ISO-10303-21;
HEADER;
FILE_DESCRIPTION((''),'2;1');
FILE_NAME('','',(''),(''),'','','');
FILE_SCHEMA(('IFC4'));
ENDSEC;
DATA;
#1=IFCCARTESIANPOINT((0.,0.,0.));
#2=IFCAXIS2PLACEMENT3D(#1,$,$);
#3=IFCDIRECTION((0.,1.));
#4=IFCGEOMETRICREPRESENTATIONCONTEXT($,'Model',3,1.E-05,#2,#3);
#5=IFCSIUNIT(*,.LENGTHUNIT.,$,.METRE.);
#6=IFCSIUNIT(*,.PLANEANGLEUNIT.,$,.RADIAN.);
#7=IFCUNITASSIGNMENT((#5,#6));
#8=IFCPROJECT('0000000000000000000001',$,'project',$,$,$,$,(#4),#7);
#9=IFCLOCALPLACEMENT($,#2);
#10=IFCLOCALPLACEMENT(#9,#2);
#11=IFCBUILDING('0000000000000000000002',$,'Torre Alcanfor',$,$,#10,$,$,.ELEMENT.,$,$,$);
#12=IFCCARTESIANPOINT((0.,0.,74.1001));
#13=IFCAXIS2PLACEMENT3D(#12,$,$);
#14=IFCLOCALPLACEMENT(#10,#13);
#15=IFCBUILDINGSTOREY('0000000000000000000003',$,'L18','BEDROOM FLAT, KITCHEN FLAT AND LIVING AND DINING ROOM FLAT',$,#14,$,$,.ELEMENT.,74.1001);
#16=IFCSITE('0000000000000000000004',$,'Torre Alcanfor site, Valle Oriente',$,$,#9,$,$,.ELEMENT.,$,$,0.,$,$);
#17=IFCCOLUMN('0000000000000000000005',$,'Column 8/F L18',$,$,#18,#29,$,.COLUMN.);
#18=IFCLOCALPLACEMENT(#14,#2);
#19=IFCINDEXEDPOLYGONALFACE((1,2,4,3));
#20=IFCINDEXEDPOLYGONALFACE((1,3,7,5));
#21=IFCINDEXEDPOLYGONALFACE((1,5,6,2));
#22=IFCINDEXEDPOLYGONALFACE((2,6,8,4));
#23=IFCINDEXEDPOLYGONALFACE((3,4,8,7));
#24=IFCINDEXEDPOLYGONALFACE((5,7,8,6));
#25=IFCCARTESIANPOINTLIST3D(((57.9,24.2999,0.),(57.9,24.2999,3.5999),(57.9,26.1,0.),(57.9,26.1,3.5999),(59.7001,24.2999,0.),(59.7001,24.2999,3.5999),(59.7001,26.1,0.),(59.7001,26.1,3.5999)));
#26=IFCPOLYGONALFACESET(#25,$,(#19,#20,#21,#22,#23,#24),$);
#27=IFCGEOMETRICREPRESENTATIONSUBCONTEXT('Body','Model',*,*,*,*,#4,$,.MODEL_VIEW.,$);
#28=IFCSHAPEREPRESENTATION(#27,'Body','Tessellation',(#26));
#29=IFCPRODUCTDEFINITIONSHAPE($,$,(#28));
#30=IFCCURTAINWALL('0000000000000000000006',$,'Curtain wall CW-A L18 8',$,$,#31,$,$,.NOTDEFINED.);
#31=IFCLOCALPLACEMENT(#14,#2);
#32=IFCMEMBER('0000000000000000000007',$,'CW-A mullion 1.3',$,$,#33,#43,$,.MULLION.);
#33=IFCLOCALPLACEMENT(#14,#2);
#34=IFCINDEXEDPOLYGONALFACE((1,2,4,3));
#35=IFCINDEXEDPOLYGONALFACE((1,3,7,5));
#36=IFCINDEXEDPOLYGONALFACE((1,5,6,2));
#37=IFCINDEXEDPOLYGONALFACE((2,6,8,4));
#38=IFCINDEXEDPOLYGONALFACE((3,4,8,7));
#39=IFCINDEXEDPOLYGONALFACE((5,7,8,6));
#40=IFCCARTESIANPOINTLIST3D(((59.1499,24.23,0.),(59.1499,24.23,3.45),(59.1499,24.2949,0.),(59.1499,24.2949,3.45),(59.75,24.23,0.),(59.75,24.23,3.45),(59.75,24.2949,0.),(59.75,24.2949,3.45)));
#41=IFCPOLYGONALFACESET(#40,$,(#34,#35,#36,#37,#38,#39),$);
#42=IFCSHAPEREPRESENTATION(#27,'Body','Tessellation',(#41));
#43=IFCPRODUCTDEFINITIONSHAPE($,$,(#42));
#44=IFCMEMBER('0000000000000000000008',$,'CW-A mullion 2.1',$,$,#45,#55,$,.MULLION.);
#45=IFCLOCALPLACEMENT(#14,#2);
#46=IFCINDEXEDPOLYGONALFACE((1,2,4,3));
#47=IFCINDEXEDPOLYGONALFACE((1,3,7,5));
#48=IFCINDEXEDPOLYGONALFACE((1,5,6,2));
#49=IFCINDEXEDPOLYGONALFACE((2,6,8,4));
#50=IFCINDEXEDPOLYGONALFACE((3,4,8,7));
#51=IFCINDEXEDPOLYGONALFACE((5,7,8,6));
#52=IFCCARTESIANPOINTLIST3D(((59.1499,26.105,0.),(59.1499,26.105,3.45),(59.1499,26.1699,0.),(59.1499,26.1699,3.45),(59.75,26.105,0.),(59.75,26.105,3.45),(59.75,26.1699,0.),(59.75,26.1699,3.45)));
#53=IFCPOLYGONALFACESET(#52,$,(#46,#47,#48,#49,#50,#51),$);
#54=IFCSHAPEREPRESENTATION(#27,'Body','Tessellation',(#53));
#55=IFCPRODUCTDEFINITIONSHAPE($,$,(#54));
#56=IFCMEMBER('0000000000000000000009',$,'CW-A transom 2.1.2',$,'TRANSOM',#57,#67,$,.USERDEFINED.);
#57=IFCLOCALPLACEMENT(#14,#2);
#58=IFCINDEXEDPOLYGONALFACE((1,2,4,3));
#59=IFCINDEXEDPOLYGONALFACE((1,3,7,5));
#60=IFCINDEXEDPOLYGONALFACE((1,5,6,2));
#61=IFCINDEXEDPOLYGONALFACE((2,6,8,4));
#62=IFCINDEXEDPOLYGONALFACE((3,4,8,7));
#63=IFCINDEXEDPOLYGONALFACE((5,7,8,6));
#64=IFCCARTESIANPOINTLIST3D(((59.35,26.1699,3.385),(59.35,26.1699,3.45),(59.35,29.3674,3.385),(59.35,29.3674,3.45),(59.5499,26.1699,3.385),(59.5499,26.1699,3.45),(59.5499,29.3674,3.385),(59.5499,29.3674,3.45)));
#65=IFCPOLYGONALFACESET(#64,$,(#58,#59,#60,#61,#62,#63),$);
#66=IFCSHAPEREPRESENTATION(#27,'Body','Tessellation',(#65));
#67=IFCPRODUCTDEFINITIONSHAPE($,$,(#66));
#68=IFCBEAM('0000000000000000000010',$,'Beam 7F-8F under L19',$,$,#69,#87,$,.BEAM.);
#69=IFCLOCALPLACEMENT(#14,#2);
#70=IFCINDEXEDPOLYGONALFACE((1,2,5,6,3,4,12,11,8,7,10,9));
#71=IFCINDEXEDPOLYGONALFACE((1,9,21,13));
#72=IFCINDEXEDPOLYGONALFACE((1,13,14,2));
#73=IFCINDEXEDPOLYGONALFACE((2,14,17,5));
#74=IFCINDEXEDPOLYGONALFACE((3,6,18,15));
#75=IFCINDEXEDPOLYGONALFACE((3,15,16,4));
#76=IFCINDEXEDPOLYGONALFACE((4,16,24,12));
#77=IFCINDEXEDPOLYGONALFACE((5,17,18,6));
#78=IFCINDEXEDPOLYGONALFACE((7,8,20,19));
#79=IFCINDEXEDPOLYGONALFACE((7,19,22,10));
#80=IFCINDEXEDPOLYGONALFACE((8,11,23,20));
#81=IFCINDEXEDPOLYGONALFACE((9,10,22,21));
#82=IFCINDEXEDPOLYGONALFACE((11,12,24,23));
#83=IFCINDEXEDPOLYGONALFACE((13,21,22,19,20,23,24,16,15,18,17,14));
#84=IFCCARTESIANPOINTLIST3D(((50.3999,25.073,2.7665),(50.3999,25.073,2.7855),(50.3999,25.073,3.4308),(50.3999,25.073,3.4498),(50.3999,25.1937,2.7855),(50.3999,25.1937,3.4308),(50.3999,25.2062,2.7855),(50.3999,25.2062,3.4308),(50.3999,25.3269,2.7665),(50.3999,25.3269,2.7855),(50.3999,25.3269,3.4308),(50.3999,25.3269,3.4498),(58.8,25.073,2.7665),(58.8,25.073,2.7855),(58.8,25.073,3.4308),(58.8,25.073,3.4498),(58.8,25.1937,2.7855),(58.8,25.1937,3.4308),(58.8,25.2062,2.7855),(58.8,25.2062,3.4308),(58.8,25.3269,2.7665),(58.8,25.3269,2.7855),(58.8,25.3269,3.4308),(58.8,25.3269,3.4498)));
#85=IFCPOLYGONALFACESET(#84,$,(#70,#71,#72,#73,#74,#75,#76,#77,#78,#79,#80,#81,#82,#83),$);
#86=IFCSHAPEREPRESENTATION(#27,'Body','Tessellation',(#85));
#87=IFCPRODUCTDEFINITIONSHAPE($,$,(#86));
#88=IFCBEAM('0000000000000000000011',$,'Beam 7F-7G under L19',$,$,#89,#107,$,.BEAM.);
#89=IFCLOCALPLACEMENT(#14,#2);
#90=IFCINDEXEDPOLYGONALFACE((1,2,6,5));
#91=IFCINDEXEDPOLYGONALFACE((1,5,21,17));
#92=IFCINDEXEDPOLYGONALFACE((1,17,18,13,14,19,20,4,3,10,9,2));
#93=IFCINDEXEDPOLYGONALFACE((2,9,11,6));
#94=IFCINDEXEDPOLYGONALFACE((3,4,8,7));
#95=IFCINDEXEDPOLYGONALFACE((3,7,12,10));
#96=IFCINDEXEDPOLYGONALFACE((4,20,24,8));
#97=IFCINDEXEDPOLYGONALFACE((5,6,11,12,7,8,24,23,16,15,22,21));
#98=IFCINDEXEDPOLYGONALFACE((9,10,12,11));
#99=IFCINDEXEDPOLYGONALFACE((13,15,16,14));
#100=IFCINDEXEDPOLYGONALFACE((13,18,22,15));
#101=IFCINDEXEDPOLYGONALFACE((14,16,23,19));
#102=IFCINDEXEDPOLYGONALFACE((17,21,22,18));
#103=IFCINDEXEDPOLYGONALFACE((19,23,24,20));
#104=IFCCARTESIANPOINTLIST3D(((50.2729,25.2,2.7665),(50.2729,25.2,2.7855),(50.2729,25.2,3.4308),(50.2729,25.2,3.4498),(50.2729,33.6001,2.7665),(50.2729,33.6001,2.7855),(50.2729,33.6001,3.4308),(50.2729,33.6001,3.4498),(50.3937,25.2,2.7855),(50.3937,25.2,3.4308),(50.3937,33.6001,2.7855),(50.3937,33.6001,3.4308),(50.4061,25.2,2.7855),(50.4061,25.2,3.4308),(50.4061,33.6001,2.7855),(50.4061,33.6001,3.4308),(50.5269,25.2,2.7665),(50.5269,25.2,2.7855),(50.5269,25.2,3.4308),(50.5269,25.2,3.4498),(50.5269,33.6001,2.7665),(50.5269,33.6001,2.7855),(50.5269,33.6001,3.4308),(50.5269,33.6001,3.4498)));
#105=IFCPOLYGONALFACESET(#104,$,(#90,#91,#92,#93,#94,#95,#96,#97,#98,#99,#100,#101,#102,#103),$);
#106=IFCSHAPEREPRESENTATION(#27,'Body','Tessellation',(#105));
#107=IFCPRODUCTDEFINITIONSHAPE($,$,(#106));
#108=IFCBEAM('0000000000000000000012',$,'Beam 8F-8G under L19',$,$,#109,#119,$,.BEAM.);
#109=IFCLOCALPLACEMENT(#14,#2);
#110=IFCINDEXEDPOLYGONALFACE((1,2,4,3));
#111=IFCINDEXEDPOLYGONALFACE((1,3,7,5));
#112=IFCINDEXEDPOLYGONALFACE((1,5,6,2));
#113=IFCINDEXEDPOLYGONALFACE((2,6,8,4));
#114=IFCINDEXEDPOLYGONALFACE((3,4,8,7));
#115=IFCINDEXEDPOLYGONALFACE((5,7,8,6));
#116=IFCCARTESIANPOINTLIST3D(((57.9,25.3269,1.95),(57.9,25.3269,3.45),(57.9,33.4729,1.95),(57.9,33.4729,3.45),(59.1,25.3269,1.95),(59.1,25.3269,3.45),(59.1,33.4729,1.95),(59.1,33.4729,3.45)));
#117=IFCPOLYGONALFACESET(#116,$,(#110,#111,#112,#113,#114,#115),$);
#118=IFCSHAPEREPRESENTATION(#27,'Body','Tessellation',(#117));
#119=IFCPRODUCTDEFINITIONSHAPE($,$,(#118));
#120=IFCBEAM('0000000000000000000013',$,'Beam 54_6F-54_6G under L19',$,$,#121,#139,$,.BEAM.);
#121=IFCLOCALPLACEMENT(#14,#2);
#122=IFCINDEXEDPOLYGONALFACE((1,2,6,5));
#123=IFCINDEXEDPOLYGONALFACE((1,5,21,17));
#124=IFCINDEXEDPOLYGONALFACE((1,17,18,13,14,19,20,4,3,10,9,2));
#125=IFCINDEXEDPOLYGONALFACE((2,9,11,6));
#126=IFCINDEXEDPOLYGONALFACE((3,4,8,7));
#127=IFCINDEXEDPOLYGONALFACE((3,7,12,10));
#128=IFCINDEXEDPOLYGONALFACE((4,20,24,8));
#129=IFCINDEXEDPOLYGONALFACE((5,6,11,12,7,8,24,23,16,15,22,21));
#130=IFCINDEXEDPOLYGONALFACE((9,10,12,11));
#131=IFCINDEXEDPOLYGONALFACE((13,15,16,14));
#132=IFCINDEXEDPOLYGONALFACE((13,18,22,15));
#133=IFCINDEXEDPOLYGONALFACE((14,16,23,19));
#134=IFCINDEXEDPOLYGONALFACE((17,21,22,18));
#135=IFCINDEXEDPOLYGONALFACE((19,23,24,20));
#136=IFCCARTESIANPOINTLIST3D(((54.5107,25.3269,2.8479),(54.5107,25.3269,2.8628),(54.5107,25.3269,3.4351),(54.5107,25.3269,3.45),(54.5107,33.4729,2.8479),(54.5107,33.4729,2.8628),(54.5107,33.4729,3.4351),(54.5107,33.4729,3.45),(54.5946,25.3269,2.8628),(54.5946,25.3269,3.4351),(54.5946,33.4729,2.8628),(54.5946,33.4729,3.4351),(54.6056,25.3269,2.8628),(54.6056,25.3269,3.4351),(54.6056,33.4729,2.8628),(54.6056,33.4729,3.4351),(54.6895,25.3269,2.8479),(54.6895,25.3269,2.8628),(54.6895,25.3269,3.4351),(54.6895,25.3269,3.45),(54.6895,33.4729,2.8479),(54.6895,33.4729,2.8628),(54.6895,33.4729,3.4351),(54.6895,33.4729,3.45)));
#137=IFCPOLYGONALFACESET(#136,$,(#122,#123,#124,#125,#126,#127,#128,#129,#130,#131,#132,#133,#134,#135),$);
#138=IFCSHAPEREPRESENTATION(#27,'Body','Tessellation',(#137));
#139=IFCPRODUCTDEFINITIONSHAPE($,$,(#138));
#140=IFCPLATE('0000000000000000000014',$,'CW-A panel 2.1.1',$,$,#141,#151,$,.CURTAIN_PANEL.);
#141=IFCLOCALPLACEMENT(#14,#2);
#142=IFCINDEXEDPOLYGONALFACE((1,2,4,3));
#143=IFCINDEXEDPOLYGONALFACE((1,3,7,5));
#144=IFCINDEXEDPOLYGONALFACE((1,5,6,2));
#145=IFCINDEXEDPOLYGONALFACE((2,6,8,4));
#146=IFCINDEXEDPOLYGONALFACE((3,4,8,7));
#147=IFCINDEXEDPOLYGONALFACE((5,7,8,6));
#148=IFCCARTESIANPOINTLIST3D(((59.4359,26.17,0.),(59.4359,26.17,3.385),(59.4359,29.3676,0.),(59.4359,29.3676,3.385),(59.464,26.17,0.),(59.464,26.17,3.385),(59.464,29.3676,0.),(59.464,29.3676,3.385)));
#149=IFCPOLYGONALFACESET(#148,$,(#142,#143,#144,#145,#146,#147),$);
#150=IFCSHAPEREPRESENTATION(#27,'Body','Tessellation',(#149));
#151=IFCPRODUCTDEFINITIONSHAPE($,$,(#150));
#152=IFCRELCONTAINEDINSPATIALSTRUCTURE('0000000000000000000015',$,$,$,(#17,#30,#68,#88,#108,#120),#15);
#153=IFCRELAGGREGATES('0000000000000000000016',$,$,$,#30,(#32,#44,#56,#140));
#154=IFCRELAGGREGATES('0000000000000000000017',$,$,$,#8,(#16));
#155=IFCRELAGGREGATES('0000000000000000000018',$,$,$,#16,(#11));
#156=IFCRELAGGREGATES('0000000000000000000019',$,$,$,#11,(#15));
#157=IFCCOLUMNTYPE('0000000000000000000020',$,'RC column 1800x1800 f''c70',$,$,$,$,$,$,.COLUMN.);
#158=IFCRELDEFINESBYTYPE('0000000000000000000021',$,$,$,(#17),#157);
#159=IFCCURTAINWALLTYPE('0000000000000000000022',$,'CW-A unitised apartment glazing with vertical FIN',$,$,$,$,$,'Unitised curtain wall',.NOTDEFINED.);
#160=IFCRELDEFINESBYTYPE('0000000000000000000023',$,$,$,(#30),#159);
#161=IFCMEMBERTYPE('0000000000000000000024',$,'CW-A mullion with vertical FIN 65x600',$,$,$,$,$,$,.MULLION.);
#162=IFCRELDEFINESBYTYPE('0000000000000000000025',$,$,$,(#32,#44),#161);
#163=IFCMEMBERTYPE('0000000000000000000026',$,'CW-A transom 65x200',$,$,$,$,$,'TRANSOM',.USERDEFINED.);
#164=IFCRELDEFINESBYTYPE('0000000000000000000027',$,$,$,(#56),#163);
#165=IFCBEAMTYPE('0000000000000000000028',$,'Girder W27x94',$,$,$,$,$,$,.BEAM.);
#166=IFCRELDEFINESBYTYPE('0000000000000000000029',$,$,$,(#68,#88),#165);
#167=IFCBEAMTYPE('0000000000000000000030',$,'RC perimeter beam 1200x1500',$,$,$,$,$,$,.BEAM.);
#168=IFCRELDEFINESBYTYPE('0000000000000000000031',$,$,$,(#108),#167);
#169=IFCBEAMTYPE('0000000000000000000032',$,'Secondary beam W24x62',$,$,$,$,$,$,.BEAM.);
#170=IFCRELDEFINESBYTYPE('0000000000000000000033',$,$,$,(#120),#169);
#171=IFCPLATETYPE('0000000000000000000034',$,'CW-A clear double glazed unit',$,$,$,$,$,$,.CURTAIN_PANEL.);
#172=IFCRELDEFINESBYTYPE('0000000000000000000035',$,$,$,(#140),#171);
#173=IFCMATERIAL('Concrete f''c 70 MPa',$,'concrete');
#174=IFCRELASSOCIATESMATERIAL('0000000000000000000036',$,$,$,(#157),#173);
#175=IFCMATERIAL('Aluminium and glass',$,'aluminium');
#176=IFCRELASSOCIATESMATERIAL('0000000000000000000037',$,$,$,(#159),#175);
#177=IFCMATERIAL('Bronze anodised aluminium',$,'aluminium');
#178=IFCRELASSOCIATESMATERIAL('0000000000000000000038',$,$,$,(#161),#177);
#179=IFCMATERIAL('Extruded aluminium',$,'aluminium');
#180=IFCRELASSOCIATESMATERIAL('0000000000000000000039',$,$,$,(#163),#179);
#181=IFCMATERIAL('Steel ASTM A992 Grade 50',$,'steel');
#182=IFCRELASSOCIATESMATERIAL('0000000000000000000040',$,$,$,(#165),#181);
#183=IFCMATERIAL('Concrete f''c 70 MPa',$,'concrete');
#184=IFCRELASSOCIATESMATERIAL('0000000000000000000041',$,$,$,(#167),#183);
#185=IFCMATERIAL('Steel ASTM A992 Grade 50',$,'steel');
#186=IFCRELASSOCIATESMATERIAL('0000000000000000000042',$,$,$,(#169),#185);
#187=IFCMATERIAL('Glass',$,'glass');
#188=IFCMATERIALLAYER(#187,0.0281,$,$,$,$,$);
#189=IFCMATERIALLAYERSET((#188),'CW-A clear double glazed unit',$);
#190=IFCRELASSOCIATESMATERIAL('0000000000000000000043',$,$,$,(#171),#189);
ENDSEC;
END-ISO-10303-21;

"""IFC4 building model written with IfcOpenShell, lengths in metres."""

from ifc_helpers import new_model, si_unit, direction, frame, origin, origin_2d, place, context, subcontext, project, spatial, rectangle, i_section, extrude, material, layer, layer_set, material_profile, profile_set, type_object, element, aggregate, save


model = new_model("IFC4")

# Units and contexts
model_context = context("Model", 3, precision=1e-05, world=origin(), true_north=direction((0.0, 1.0)))
body_context = subcontext(model_context, "Body", "Model", "MODEL_VIEW")
ifc_project = project(units=[si_unit("LENGTHUNIT", "METRE"), si_unit("PLANEANGLEUNIT", "RADIAN")], contexts=[model_context])

# Site, building, storey
site_placement = place(None, origin())
site = spatial("IfcSite", under=ifc_project, at=site_placement, Name="Torre Alcanfor site, Valle Oriente", CompositionType="ELEMENT", RefElevation=0.0)
building_placement = place(site_placement, origin())
building = spatial("IfcBuilding", under=site, at=building_placement, Name="Torre Alcanfor", CompositionType="ELEMENT")
storey_placement = place(building_placement, frame((0.0, 0.0, 74.1001)))
storey = spatial("IfcBuildingStorey", under=building, at=storey_placement, Name="L18", Description="BEDROOM FLAT, KITCHEN FLAT AND LIVING AND DINING ROOM FLAT", CompositionType="ELEMENT", Elevation=74.1001)

# Column
ifc_material_1 = material(Name="Concrete f'c 70 MPa", Category="concrete")
ifc_material_profile_1 = material_profile(ifc_material_1, rectangle(XDim=1.8, YDim=1.8, at=origin_2d()), Name="1800x1800")
ifc_profile_set_1 = profile_set([ifc_material_profile_1], Name="Concrete f'c 70 MPa")
column_type = type_object("IfcColumnType", Name="RC column 1800x1800 f'c70", PredefinedType="COLUMN", material=ifc_profile_set_1)
column_placement = place(storey_placement, frame((58.8, 25.2, 0.0), z_axis=(0.0, 0.0, 1.0), x_axis=(1.0, 0.0, 0.0)))
element("IfcColumn", 1, at=column_placement, inside=storey, type_object=column_type, Name="Column 8/F L18", PredefinedType="COLUMN", context=body_context, shape_type="SweptSolid", body=[
    extrude(rectangle(XDim=1.8, YDim=1.8, at=origin_2d()), origin(), (0.0, 0.0, 1.0), 3.5999),
])

# Curtain wall, members
ifc_material_2 = material(Name="Aluminium and glass", Category="aluminium")
curtain_wall_type = type_object("IfcCurtainWallType", Name="CW-A unitised apartment glazing with vertical FIN", ElementType="Unitised curtain wall", PredefinedType="NOTDEFINED", material=ifc_material_2)
curtain_wall_placement = place(storey_placement, origin())
curtain_wall = element("IfcCurtainWall", 2, at=curtain_wall_placement, inside=storey, type_object=curtain_wall_type, Name="Curtain wall CW-A L18 8", PredefinedType="NOTDEFINED")
ifc_material_3 = material(Name="Bronze anodised aluminium", Category="aluminium")
ifc_material_profile_2 = material_profile(ifc_material_3, rectangle(XDim=0.6001, YDim=0.0649, at=origin_2d()), Name="CW-A mullion 65x600")
ifc_profile_set_2 = profile_set([ifc_material_profile_2], Name="Bronze anodised aluminium")
member_type_1 = type_object("IfcMemberType", Name="CW-A mullion with vertical FIN 65x600", PredefinedType="MULLION", material=ifc_profile_set_2)
member_1_placement = place(storey_placement, frame((59.45, 24.2625, 0.0), z_axis=(0.0, 0.0, 1.0), x_axis=(-1.0, 0.0, 0.0)))
member_1 = element("IfcMember", 3, at=member_1_placement, type_object=member_type_1, Name="CW-A mullion 1.3", PredefinedType="MULLION", context=body_context, shape_type="SweptSolid", body=[
    extrude(rectangle(XDim=0.6001, YDim=0.0649, at=origin_2d()), origin(), (0.0, 0.0, 1.0), 3.45),
])
member_2_placement = place(storey_placement, frame((59.45, 26.1375, 0.0), z_axis=(0.0, 0.0, 1.0), x_axis=(-1.0, 0.0, 0.0)))
member_2 = element("IfcMember", 4, at=member_2_placement, type_object=member_type_1, Name="CW-A mullion 2.1", PredefinedType="MULLION", context=body_context, shape_type="SweptSolid", body=[
    extrude(rectangle(XDim=0.6001, YDim=0.0649, at=origin_2d()), origin(), (0.0, 0.0, 1.0), 3.45),
])
ifc_material_4 = material(Name="Extruded aluminium", Category="aluminium")
ifc_material_profile_3 = material_profile(ifc_material_4, rectangle(XDim=0.2, YDim=0.0649, at=origin_2d()), Name="CW-A transom 200x65")
ifc_profile_set_3 = profile_set([ifc_material_profile_3], Name="Extruded aluminium")
member_type_2 = type_object("IfcMemberType", Name="CW-A transom 65x200", ElementType="TRANSOM", PredefinedType="USERDEFINED", material=ifc_profile_set_3)
member_3_placement = place(storey_placement, frame((59.45, 26.1699, 3.4175), z_axis=(0.0, 1.0, 0.0), x_axis=(-1.0, 0.0, 0.0)))
member_3 = element("IfcMember", 5, at=member_3_placement, type_object=member_type_2, Name="CW-A transom 2.1.2", ObjectType="TRANSOM", PredefinedType="USERDEFINED", context=body_context, shape_type="SweptSolid", body=[
    extrude(rectangle(XDim=0.2, YDim=0.0649, at=origin_2d()), origin(), (0.0, 0.0, 1.0), 3.1975),
])

# Beams
ifc_material_5 = material(Name="Steel ASTM A992 Grade 50", Category="steel")
ifc_material_profile_4 = material_profile(ifc_material_5, i_section(OverallWidth=0.2539, OverallDepth=0.6833, WebThickness=0.0125, FlangeThickness=0.019, at=origin_2d()), Name="W27x94")
ifc_profile_set_4 = profile_set([ifc_material_profile_4], Name="Steel ASTM A992 Grade 50")
beam_type_1 = type_object("IfcBeamType", Name="Girder W27x94", PredefinedType="BEAM", material=ifc_profile_set_4)
for number, where, z_axis, x_axis, name in (
    (6, (50.3999, 25.2, 3.1082), (1.0, 0.0, 0.0), (0.0, 1.0, 0.0), "Beam 7F-8F under L19"),
    (7, (50.3999, 25.2, 3.1082), (0.0, 1.0, 0.0), (-1.0, 0.0, 0.0), "Beam 7F-7G under L19"),
):
    element("IfcBeam", number, at=place(storey_placement, frame(where, z_axis=z_axis, x_axis=x_axis)), inside=storey, type_object=beam_type_1, Name=name, PredefinedType="BEAM", context=body_context, shape_type="SweptSolid", body=[
        extrude(i_section(OverallWidth=0.2539, OverallDepth=0.6833, WebThickness=0.0125, FlangeThickness=0.019, at=origin_2d()), origin(), (0.0, 0.0, 1.0), 8.4001),
    ])
ifc_material_6 = material(Name="Concrete f'c 70 MPa", Category="concrete")
ifc_material_profile_5 = material_profile(ifc_material_6, rectangle(XDim=1.2, YDim=1.5, at=origin_2d()), Name="1200x1500")
ifc_profile_set_5 = profile_set([ifc_material_profile_5], Name="Concrete f'c 70 MPa")
beam_type_2 = type_object("IfcBeamType", Name="RC perimeter beam 1200x1500", PredefinedType="BEAM", material=ifc_profile_set_5)
beam_1_placement = place(storey_placement, frame((58.5, 25.3269, 2.7), z_axis=(0.0, 1.0, 0.0), x_axis=(-1.0, 0.0, 0.0)))
element("IfcBeam", 8, at=beam_1_placement, inside=storey, type_object=beam_type_2, Name="Beam 8F-8G under L19", PredefinedType="BEAM", context=body_context, shape_type="SweptSolid", body=[
    extrude(rectangle(XDim=1.2, YDim=1.5, at=origin_2d()), origin(), (0.0, 0.0, 1.0), 8.146),
])
ifc_material_7 = material(Name="Steel ASTM A992 Grade 50", Category="steel")
ifc_material_profile_6 = material_profile(ifc_material_7, i_section(OverallWidth=0.1787, OverallDepth=0.6021, WebThickness=0.011, FlangeThickness=0.0149, at=origin_2d()), Name="W24x62")
ifc_profile_set_6 = profile_set([ifc_material_profile_6], Name="Steel ASTM A992 Grade 50")
beam_type_3 = type_object("IfcBeamType", Name="Secondary beam W24x62", PredefinedType="BEAM", material=ifc_profile_set_6)
beam_2_placement = place(storey_placement, frame((54.6001, 25.3269, 3.1489), z_axis=(0.0, 1.0, 0.0), x_axis=(-1.0, 0.0, 0.0)))
element("IfcBeam", 9, at=beam_2_placement, inside=storey, type_object=beam_type_3, Name="Beam 54_6F-54_6G under L19", PredefinedType="BEAM", context=body_context, shape_type="SweptSolid", body=[
    extrude(i_section(OverallWidth=0.1787, OverallDepth=0.6021, WebThickness=0.011, FlangeThickness=0.0149, at=origin_2d()), origin(), (0.0, 0.0, 1.0), 8.146),
])

# Plate
ifc_material_8 = material(Name="Glass", Category="glass")
ifc_layer_1 = layer(ifc_material_8, 0.0281)
ifc_layer_set_1 = layer_set([ifc_layer_1], Name="CW-A clear double glazed unit")
plate_type = type_object("IfcPlateType", Name="CW-A clear double glazed unit", PredefinedType="CURTAIN_PANEL", material=ifc_layer_set_1)
plate_placement = place(storey_placement, frame((59.45, 27.7688, 0.0), z_axis=(0.0, 0.0, 1.0), x_axis=(0.0, 1.0, 0.0)))
plate = element("IfcPlate", 10, at=plate_placement, type_object=plate_type, Name="CW-A panel 2.1.1", PredefinedType="CURTAIN_PANEL", context=body_context, shape_type="SweptSolid", body=[
    extrude(rectangle(XDim=3.1975, YDim=0.0281, at=origin_2d()), origin(), (0.0, 0.0, 1.0), 3.385),
])
aggregate(curtain_wall, [member_1, member_2, member_3, plate])

save(model, "model.ifc")
